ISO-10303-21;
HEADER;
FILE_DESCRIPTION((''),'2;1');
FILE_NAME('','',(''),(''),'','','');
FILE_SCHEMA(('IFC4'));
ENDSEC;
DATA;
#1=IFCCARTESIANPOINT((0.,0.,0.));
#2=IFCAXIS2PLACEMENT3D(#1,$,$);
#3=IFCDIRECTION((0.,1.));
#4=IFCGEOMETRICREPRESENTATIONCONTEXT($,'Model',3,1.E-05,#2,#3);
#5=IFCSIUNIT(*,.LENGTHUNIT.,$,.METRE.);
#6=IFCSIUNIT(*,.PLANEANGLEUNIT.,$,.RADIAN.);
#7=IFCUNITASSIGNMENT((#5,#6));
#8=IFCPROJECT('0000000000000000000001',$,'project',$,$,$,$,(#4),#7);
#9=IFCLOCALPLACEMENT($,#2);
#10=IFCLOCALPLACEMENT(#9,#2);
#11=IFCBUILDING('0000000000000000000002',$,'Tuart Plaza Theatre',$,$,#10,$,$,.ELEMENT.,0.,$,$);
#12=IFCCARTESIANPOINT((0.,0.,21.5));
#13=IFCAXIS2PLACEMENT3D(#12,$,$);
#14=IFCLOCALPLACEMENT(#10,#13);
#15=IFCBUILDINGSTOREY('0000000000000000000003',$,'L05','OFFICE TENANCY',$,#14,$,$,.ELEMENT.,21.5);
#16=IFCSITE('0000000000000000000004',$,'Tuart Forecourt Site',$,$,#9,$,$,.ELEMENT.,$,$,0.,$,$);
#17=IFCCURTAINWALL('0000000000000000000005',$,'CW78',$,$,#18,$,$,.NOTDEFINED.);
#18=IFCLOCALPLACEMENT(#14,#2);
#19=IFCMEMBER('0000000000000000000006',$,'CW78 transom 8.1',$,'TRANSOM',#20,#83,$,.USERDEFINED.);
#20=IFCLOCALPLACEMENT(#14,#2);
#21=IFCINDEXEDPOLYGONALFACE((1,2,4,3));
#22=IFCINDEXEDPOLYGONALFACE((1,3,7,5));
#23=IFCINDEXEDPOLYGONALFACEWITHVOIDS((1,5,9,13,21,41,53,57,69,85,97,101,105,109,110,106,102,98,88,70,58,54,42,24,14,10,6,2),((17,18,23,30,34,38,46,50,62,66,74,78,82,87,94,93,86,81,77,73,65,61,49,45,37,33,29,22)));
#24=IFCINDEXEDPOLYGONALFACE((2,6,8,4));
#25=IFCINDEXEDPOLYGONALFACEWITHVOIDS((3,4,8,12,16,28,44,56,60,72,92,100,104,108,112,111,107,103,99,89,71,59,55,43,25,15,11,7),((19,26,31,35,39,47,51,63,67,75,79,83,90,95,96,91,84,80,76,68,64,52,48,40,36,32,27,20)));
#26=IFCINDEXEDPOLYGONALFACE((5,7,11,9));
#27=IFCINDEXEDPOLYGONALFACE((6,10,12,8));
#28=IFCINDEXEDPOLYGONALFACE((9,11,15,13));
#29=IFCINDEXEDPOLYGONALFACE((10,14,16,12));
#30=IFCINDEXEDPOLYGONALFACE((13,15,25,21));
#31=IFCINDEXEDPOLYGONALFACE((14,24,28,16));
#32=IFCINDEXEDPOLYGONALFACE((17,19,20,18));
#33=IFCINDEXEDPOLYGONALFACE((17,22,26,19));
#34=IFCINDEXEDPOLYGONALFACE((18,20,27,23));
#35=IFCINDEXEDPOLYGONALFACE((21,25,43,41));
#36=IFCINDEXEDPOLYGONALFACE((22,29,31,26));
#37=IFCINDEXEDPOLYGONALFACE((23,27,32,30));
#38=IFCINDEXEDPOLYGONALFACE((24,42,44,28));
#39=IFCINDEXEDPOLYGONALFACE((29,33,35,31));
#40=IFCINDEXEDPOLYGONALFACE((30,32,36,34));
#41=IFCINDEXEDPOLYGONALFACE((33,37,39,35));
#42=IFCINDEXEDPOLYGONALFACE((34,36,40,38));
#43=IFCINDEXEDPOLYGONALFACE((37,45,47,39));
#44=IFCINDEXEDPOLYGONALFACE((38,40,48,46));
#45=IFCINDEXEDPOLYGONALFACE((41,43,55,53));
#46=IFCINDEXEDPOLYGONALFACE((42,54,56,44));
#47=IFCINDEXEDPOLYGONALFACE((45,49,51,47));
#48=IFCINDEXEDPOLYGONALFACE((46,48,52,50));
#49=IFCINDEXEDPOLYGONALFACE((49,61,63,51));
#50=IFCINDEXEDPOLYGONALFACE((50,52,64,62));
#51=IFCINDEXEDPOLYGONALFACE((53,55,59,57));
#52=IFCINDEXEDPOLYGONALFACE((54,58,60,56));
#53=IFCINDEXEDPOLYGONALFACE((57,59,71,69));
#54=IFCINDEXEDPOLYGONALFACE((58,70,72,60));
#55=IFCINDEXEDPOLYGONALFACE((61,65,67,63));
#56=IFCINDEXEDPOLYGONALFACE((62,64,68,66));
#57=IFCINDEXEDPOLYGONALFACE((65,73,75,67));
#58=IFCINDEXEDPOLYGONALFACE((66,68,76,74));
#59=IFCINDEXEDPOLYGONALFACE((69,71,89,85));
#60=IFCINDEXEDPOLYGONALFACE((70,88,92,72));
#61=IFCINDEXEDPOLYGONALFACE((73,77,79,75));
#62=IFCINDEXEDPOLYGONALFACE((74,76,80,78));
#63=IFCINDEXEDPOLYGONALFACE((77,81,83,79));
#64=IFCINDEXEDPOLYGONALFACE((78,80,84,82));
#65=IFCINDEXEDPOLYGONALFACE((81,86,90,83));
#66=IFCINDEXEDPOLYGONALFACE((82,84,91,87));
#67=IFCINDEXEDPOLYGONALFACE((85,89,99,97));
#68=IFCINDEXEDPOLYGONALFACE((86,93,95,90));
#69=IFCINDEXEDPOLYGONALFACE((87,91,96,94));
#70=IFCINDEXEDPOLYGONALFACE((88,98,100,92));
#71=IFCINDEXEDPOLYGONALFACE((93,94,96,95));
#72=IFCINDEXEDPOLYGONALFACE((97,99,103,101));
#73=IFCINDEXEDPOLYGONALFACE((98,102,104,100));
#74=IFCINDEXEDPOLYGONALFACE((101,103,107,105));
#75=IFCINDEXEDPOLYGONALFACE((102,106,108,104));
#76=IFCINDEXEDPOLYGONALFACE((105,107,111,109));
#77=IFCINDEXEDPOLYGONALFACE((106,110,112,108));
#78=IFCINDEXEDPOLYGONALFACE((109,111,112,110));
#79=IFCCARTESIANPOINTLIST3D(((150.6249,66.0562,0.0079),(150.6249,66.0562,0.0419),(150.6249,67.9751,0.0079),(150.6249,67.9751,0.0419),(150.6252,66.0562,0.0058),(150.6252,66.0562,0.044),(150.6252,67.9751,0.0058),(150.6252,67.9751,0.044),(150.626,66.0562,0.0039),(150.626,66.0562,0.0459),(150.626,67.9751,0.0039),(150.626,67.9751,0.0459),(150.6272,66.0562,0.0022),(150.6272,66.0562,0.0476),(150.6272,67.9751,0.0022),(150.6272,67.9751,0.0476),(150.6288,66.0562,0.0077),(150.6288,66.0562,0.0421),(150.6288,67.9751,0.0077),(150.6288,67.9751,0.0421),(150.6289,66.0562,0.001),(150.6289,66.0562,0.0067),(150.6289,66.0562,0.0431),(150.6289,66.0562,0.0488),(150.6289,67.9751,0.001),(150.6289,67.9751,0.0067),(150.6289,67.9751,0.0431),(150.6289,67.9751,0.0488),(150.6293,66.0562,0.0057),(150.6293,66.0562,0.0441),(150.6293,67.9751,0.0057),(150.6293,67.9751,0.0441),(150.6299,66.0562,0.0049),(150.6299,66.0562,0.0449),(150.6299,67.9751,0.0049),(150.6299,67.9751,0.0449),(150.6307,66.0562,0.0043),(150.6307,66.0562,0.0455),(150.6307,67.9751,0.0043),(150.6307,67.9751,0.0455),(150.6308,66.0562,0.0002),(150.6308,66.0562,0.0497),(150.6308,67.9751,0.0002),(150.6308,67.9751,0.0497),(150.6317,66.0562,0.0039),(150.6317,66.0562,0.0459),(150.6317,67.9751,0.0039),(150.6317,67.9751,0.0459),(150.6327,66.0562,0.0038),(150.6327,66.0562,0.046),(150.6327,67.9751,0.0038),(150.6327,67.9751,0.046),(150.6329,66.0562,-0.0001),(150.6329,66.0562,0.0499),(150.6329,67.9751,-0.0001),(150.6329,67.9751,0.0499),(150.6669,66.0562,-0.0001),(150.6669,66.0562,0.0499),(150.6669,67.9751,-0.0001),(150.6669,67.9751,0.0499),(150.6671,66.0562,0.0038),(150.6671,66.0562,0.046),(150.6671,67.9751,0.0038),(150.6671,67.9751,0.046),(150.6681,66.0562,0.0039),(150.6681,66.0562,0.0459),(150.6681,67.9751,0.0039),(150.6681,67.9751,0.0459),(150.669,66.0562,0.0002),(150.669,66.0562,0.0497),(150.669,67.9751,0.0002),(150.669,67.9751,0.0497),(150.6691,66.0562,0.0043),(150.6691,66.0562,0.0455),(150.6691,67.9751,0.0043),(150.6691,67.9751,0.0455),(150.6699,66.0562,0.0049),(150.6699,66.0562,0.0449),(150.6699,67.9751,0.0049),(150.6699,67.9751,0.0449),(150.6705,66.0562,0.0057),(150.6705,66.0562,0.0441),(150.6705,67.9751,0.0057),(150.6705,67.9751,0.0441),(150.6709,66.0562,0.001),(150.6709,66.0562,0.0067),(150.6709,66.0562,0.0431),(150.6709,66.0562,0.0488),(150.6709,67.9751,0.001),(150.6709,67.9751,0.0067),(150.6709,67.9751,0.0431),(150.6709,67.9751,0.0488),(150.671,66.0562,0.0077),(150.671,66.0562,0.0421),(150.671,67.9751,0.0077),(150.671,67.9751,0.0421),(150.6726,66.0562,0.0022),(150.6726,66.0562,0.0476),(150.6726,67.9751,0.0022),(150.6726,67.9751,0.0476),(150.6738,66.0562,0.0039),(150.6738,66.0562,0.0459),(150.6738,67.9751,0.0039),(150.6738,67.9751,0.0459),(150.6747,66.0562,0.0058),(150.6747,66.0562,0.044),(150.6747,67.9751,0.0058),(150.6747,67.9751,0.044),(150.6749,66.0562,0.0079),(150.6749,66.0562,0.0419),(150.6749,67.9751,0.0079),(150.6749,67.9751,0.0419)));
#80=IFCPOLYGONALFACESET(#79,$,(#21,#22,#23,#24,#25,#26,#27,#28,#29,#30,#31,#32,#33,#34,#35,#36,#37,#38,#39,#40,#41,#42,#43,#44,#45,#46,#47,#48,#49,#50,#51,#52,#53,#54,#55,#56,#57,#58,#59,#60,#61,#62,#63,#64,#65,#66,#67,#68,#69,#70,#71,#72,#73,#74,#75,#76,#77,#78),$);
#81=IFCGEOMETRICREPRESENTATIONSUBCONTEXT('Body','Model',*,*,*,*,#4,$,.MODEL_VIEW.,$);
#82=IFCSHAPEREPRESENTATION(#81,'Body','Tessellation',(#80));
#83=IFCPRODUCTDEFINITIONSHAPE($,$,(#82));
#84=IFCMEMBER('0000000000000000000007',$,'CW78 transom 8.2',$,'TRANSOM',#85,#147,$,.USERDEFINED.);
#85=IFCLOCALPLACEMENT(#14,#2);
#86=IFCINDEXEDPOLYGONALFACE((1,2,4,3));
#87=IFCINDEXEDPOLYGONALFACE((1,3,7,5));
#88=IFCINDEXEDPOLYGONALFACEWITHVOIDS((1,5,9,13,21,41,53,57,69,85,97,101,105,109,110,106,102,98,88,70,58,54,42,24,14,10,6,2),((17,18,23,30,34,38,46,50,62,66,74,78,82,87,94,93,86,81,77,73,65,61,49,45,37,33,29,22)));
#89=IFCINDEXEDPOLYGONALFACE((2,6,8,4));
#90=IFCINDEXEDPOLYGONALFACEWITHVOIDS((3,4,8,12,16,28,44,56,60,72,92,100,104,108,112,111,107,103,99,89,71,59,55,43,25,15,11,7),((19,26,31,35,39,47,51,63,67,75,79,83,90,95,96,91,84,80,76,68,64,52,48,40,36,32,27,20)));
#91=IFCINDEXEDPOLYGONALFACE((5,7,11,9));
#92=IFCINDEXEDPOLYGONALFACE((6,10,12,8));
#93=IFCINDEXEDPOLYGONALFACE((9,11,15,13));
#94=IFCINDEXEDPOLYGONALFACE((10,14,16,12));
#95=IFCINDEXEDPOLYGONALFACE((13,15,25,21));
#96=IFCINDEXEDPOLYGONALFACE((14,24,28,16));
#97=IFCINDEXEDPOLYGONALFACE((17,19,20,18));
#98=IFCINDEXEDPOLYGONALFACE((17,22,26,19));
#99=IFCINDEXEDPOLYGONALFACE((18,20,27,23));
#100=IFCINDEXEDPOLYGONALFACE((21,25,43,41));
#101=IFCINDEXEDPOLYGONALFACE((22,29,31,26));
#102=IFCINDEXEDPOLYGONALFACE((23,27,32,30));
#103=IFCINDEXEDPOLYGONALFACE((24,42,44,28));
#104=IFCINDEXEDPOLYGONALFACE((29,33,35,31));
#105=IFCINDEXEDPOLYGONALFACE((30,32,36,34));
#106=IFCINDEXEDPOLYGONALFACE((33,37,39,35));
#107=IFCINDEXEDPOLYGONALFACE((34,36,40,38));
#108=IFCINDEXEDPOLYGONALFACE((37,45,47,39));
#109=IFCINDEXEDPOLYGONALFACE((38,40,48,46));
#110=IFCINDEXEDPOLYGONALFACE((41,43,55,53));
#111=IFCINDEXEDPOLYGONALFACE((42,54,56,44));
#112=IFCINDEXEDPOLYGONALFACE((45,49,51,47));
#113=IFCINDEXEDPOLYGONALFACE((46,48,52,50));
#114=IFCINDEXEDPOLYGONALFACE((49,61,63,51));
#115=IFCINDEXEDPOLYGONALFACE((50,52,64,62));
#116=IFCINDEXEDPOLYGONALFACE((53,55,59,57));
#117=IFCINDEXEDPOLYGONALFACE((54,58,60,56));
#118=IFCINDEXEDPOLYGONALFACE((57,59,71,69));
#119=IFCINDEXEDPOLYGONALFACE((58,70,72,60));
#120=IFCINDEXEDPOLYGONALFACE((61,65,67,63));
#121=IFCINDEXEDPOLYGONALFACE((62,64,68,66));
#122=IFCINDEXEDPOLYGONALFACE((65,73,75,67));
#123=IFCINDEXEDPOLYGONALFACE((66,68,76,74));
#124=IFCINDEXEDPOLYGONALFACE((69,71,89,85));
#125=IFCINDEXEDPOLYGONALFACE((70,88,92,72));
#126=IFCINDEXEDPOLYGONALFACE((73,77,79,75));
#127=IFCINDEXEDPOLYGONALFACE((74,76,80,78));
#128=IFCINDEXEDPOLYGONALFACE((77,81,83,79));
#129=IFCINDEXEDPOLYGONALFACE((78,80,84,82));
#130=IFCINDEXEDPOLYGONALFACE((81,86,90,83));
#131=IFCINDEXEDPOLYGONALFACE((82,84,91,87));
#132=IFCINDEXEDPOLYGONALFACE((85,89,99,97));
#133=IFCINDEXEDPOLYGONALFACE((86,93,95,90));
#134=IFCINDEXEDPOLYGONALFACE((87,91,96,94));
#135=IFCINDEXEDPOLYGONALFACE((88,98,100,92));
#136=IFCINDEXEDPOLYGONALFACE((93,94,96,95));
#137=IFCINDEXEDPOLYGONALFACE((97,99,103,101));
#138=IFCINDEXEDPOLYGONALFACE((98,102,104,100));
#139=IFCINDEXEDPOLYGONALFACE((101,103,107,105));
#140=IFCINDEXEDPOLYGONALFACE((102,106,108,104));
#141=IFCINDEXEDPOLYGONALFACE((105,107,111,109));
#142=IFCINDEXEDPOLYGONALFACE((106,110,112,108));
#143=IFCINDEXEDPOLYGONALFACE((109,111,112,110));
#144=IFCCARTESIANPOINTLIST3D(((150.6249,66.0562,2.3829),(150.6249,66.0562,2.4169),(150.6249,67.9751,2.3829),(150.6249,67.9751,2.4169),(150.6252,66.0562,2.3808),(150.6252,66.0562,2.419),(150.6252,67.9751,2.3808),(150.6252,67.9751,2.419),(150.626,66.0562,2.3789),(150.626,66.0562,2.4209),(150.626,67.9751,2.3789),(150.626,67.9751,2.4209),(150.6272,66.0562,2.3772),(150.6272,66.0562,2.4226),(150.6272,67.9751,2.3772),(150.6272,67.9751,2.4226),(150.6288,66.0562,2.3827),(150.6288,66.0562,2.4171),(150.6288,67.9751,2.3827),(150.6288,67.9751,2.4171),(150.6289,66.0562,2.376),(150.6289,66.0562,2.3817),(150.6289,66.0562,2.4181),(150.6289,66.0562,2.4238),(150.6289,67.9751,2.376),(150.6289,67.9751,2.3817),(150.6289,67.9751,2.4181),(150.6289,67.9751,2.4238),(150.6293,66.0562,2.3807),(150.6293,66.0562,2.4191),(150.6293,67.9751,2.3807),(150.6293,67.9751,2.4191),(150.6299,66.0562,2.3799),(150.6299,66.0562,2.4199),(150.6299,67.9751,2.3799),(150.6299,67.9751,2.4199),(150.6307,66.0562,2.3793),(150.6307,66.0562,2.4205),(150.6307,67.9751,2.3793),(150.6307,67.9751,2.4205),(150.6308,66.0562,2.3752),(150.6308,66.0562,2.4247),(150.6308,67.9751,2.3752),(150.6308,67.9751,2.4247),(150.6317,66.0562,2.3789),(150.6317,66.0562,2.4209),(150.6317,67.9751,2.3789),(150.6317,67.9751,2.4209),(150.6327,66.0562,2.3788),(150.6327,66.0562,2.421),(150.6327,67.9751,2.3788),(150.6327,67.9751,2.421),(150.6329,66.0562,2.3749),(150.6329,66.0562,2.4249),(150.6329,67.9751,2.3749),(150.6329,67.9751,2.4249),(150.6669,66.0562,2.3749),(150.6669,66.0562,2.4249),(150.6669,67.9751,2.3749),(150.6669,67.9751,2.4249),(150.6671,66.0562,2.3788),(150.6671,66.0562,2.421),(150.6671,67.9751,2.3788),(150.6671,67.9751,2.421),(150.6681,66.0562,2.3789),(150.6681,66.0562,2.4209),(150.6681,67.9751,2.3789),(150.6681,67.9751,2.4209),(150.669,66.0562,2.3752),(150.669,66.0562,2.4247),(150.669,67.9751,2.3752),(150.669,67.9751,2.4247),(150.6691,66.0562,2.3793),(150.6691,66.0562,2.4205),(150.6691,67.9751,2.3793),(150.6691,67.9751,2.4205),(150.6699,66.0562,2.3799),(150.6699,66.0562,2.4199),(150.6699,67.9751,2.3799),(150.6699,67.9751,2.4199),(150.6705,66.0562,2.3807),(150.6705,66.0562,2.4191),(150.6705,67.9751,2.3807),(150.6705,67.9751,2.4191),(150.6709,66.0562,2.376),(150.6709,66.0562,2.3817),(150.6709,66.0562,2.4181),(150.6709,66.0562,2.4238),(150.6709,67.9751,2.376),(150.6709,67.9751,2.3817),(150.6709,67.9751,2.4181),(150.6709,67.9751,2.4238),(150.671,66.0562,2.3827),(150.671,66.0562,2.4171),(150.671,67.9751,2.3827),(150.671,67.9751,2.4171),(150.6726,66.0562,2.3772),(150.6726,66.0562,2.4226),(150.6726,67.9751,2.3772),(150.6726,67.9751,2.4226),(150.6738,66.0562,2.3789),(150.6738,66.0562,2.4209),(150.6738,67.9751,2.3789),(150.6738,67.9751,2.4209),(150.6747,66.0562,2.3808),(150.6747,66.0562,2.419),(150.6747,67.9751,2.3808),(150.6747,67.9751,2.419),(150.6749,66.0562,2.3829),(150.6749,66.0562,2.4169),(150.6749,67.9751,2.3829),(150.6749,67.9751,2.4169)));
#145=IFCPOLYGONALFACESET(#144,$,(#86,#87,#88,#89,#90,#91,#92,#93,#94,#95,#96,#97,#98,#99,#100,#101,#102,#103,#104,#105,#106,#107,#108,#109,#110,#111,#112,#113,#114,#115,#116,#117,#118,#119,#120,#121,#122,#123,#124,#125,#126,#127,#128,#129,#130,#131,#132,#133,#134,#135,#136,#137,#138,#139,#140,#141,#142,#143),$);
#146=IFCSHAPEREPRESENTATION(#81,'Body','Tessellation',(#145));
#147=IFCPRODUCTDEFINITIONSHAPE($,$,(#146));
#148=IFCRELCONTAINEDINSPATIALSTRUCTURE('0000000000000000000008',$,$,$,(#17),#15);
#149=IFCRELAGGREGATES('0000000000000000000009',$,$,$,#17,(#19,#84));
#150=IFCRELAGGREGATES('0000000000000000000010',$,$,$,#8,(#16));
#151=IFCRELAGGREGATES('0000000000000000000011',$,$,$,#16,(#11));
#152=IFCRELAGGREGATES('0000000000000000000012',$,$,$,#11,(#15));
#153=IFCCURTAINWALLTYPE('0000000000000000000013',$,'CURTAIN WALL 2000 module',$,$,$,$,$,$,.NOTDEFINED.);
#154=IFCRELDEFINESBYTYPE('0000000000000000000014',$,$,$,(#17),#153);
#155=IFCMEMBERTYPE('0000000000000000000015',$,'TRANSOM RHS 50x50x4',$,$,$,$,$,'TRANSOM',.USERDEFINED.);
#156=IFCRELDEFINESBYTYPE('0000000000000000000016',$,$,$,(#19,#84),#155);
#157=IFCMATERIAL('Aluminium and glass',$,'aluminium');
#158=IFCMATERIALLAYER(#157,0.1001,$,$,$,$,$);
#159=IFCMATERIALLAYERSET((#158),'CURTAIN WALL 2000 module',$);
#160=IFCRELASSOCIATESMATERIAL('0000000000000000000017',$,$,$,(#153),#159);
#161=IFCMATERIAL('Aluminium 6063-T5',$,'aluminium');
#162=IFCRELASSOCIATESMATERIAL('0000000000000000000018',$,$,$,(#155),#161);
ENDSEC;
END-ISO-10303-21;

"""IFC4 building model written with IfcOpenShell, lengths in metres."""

from ifc_helpers import new_model, si_unit, direction, frame, origin, origin_2d, place, context, subcontext, project, spatial, hollow_rectangle, extrude, material, layer, layer_set, material_profile, profile_set, type_object, element, aggregate, save


model = new_model("IFC4")

# Units and contexts
model_context = context("Model", 3, precision=1e-05, world=origin(), true_north=direction((0.0, 1.0)))
body_context = subcontext(model_context, "Body", "Model", "MODEL_VIEW")
ifc_project = project(units=[si_unit("LENGTHUNIT", "METRE"), si_unit("PLANEANGLEUNIT", "RADIAN")], contexts=[model_context])

# Site, building, storey
site_placement = place(None, origin())
site = spatial("IfcSite", under=ifc_project, at=site_placement, Name="Tuart Forecourt Site", CompositionType="ELEMENT", RefElevation=0.0)
building_placement = place(site_placement, origin())
building = spatial("IfcBuilding", under=site, at=building_placement, Name="Tuart Plaza Theatre", CompositionType="ELEMENT", ElevationOfRefHeight=0.0)
storey_placement = place(building_placement, frame((0.0, 0.0, 21.5)))
storey = spatial("IfcBuildingStorey", under=building, at=storey_placement, Name="L05", Description="OFFICE TENANCY", CompositionType="ELEMENT", Elevation=21.5)

# Curtain wall, members
ifc_material_1 = material(Name="Aluminium and glass", Category="aluminium")
ifc_layer_1 = layer(ifc_material_1, 0.1001)
ifc_layer_set_1 = layer_set([ifc_layer_1], Name="CURTAIN WALL 2000 module")
curtain_wall_type = type_object("IfcCurtainWallType", Name="CURTAIN WALL 2000 module", PredefinedType="NOTDEFINED", material=ifc_layer_set_1)
curtain_wall_placement = place(storey_placement, origin())
curtain_wall = element("IfcCurtainWall", 1, at=curtain_wall_placement, inside=storey, type_object=curtain_wall_type, Name="CW78", PredefinedType="NOTDEFINED")
ifc_material_2 = material(Name="Aluminium 6063-T5", Category="aluminium")
ifc_material_profile_1 = material_profile(ifc_material_2, hollow_rectangle(XDim=0.05, YDim=0.05, WallThickness=0.0039, InnerFilletRadius=0.0039, OuterFilletRadius=0.0081, at=origin_2d()), Name="RHS 50x50x4")
ifc_profile_set_1 = profile_set([ifc_material_profile_1], Name="Aluminium 6063-T5")
member_type_1 = type_object("IfcMemberType", Name="TRANSOM RHS 50x50x4", ElementType="TRANSOM", PredefinedType="USERDEFINED", material=ifc_profile_set_1)
member_1_placement = place(storey_placement, frame((150.6499, 66.0562, 0.0249), z_axis=(0.0, 1.0, 0.0), x_axis=(-1.0, 0.0, 0.0)))
member_1 = element("IfcMember", 2, at=member_1_placement, type_object=member_type_1, Name="CW78 transom 8.1", ObjectType="TRANSOM", PredefinedType="USERDEFINED", context=body_context, shape_type="SweptSolid", body=[
    extrude(hollow_rectangle(XDim=0.05, YDim=0.05, WallThickness=0.0039, InnerFilletRadius=0.0039, OuterFilletRadius=0.0081, at=origin_2d()), origin(), (0.0, 0.0, 1.0), 1.9189),
])
member_2_placement = place(storey_placement, frame((150.6499, 66.0562, 2.3999), z_axis=(0.0, 1.0, 0.0), x_axis=(-1.0, 0.0, 0.0)))
member_2 = element("IfcMember", 3, at=member_2_placement, type_object=member_type_1, Name="CW78 transom 8.2", ObjectType="TRANSOM", PredefinedType="USERDEFINED", context=body_context, shape_type="SweptSolid", body=[
    extrude(hollow_rectangle(XDim=0.05, YDim=0.05, WallThickness=0.0039, InnerFilletRadius=0.0039, OuterFilletRadius=0.0081, at=origin_2d()), origin(), (0.0, 0.0, 1.0), 1.9189),
])
aggregate(curtain_wall, [member_1, member_2])

save(model, "model.ifc")
